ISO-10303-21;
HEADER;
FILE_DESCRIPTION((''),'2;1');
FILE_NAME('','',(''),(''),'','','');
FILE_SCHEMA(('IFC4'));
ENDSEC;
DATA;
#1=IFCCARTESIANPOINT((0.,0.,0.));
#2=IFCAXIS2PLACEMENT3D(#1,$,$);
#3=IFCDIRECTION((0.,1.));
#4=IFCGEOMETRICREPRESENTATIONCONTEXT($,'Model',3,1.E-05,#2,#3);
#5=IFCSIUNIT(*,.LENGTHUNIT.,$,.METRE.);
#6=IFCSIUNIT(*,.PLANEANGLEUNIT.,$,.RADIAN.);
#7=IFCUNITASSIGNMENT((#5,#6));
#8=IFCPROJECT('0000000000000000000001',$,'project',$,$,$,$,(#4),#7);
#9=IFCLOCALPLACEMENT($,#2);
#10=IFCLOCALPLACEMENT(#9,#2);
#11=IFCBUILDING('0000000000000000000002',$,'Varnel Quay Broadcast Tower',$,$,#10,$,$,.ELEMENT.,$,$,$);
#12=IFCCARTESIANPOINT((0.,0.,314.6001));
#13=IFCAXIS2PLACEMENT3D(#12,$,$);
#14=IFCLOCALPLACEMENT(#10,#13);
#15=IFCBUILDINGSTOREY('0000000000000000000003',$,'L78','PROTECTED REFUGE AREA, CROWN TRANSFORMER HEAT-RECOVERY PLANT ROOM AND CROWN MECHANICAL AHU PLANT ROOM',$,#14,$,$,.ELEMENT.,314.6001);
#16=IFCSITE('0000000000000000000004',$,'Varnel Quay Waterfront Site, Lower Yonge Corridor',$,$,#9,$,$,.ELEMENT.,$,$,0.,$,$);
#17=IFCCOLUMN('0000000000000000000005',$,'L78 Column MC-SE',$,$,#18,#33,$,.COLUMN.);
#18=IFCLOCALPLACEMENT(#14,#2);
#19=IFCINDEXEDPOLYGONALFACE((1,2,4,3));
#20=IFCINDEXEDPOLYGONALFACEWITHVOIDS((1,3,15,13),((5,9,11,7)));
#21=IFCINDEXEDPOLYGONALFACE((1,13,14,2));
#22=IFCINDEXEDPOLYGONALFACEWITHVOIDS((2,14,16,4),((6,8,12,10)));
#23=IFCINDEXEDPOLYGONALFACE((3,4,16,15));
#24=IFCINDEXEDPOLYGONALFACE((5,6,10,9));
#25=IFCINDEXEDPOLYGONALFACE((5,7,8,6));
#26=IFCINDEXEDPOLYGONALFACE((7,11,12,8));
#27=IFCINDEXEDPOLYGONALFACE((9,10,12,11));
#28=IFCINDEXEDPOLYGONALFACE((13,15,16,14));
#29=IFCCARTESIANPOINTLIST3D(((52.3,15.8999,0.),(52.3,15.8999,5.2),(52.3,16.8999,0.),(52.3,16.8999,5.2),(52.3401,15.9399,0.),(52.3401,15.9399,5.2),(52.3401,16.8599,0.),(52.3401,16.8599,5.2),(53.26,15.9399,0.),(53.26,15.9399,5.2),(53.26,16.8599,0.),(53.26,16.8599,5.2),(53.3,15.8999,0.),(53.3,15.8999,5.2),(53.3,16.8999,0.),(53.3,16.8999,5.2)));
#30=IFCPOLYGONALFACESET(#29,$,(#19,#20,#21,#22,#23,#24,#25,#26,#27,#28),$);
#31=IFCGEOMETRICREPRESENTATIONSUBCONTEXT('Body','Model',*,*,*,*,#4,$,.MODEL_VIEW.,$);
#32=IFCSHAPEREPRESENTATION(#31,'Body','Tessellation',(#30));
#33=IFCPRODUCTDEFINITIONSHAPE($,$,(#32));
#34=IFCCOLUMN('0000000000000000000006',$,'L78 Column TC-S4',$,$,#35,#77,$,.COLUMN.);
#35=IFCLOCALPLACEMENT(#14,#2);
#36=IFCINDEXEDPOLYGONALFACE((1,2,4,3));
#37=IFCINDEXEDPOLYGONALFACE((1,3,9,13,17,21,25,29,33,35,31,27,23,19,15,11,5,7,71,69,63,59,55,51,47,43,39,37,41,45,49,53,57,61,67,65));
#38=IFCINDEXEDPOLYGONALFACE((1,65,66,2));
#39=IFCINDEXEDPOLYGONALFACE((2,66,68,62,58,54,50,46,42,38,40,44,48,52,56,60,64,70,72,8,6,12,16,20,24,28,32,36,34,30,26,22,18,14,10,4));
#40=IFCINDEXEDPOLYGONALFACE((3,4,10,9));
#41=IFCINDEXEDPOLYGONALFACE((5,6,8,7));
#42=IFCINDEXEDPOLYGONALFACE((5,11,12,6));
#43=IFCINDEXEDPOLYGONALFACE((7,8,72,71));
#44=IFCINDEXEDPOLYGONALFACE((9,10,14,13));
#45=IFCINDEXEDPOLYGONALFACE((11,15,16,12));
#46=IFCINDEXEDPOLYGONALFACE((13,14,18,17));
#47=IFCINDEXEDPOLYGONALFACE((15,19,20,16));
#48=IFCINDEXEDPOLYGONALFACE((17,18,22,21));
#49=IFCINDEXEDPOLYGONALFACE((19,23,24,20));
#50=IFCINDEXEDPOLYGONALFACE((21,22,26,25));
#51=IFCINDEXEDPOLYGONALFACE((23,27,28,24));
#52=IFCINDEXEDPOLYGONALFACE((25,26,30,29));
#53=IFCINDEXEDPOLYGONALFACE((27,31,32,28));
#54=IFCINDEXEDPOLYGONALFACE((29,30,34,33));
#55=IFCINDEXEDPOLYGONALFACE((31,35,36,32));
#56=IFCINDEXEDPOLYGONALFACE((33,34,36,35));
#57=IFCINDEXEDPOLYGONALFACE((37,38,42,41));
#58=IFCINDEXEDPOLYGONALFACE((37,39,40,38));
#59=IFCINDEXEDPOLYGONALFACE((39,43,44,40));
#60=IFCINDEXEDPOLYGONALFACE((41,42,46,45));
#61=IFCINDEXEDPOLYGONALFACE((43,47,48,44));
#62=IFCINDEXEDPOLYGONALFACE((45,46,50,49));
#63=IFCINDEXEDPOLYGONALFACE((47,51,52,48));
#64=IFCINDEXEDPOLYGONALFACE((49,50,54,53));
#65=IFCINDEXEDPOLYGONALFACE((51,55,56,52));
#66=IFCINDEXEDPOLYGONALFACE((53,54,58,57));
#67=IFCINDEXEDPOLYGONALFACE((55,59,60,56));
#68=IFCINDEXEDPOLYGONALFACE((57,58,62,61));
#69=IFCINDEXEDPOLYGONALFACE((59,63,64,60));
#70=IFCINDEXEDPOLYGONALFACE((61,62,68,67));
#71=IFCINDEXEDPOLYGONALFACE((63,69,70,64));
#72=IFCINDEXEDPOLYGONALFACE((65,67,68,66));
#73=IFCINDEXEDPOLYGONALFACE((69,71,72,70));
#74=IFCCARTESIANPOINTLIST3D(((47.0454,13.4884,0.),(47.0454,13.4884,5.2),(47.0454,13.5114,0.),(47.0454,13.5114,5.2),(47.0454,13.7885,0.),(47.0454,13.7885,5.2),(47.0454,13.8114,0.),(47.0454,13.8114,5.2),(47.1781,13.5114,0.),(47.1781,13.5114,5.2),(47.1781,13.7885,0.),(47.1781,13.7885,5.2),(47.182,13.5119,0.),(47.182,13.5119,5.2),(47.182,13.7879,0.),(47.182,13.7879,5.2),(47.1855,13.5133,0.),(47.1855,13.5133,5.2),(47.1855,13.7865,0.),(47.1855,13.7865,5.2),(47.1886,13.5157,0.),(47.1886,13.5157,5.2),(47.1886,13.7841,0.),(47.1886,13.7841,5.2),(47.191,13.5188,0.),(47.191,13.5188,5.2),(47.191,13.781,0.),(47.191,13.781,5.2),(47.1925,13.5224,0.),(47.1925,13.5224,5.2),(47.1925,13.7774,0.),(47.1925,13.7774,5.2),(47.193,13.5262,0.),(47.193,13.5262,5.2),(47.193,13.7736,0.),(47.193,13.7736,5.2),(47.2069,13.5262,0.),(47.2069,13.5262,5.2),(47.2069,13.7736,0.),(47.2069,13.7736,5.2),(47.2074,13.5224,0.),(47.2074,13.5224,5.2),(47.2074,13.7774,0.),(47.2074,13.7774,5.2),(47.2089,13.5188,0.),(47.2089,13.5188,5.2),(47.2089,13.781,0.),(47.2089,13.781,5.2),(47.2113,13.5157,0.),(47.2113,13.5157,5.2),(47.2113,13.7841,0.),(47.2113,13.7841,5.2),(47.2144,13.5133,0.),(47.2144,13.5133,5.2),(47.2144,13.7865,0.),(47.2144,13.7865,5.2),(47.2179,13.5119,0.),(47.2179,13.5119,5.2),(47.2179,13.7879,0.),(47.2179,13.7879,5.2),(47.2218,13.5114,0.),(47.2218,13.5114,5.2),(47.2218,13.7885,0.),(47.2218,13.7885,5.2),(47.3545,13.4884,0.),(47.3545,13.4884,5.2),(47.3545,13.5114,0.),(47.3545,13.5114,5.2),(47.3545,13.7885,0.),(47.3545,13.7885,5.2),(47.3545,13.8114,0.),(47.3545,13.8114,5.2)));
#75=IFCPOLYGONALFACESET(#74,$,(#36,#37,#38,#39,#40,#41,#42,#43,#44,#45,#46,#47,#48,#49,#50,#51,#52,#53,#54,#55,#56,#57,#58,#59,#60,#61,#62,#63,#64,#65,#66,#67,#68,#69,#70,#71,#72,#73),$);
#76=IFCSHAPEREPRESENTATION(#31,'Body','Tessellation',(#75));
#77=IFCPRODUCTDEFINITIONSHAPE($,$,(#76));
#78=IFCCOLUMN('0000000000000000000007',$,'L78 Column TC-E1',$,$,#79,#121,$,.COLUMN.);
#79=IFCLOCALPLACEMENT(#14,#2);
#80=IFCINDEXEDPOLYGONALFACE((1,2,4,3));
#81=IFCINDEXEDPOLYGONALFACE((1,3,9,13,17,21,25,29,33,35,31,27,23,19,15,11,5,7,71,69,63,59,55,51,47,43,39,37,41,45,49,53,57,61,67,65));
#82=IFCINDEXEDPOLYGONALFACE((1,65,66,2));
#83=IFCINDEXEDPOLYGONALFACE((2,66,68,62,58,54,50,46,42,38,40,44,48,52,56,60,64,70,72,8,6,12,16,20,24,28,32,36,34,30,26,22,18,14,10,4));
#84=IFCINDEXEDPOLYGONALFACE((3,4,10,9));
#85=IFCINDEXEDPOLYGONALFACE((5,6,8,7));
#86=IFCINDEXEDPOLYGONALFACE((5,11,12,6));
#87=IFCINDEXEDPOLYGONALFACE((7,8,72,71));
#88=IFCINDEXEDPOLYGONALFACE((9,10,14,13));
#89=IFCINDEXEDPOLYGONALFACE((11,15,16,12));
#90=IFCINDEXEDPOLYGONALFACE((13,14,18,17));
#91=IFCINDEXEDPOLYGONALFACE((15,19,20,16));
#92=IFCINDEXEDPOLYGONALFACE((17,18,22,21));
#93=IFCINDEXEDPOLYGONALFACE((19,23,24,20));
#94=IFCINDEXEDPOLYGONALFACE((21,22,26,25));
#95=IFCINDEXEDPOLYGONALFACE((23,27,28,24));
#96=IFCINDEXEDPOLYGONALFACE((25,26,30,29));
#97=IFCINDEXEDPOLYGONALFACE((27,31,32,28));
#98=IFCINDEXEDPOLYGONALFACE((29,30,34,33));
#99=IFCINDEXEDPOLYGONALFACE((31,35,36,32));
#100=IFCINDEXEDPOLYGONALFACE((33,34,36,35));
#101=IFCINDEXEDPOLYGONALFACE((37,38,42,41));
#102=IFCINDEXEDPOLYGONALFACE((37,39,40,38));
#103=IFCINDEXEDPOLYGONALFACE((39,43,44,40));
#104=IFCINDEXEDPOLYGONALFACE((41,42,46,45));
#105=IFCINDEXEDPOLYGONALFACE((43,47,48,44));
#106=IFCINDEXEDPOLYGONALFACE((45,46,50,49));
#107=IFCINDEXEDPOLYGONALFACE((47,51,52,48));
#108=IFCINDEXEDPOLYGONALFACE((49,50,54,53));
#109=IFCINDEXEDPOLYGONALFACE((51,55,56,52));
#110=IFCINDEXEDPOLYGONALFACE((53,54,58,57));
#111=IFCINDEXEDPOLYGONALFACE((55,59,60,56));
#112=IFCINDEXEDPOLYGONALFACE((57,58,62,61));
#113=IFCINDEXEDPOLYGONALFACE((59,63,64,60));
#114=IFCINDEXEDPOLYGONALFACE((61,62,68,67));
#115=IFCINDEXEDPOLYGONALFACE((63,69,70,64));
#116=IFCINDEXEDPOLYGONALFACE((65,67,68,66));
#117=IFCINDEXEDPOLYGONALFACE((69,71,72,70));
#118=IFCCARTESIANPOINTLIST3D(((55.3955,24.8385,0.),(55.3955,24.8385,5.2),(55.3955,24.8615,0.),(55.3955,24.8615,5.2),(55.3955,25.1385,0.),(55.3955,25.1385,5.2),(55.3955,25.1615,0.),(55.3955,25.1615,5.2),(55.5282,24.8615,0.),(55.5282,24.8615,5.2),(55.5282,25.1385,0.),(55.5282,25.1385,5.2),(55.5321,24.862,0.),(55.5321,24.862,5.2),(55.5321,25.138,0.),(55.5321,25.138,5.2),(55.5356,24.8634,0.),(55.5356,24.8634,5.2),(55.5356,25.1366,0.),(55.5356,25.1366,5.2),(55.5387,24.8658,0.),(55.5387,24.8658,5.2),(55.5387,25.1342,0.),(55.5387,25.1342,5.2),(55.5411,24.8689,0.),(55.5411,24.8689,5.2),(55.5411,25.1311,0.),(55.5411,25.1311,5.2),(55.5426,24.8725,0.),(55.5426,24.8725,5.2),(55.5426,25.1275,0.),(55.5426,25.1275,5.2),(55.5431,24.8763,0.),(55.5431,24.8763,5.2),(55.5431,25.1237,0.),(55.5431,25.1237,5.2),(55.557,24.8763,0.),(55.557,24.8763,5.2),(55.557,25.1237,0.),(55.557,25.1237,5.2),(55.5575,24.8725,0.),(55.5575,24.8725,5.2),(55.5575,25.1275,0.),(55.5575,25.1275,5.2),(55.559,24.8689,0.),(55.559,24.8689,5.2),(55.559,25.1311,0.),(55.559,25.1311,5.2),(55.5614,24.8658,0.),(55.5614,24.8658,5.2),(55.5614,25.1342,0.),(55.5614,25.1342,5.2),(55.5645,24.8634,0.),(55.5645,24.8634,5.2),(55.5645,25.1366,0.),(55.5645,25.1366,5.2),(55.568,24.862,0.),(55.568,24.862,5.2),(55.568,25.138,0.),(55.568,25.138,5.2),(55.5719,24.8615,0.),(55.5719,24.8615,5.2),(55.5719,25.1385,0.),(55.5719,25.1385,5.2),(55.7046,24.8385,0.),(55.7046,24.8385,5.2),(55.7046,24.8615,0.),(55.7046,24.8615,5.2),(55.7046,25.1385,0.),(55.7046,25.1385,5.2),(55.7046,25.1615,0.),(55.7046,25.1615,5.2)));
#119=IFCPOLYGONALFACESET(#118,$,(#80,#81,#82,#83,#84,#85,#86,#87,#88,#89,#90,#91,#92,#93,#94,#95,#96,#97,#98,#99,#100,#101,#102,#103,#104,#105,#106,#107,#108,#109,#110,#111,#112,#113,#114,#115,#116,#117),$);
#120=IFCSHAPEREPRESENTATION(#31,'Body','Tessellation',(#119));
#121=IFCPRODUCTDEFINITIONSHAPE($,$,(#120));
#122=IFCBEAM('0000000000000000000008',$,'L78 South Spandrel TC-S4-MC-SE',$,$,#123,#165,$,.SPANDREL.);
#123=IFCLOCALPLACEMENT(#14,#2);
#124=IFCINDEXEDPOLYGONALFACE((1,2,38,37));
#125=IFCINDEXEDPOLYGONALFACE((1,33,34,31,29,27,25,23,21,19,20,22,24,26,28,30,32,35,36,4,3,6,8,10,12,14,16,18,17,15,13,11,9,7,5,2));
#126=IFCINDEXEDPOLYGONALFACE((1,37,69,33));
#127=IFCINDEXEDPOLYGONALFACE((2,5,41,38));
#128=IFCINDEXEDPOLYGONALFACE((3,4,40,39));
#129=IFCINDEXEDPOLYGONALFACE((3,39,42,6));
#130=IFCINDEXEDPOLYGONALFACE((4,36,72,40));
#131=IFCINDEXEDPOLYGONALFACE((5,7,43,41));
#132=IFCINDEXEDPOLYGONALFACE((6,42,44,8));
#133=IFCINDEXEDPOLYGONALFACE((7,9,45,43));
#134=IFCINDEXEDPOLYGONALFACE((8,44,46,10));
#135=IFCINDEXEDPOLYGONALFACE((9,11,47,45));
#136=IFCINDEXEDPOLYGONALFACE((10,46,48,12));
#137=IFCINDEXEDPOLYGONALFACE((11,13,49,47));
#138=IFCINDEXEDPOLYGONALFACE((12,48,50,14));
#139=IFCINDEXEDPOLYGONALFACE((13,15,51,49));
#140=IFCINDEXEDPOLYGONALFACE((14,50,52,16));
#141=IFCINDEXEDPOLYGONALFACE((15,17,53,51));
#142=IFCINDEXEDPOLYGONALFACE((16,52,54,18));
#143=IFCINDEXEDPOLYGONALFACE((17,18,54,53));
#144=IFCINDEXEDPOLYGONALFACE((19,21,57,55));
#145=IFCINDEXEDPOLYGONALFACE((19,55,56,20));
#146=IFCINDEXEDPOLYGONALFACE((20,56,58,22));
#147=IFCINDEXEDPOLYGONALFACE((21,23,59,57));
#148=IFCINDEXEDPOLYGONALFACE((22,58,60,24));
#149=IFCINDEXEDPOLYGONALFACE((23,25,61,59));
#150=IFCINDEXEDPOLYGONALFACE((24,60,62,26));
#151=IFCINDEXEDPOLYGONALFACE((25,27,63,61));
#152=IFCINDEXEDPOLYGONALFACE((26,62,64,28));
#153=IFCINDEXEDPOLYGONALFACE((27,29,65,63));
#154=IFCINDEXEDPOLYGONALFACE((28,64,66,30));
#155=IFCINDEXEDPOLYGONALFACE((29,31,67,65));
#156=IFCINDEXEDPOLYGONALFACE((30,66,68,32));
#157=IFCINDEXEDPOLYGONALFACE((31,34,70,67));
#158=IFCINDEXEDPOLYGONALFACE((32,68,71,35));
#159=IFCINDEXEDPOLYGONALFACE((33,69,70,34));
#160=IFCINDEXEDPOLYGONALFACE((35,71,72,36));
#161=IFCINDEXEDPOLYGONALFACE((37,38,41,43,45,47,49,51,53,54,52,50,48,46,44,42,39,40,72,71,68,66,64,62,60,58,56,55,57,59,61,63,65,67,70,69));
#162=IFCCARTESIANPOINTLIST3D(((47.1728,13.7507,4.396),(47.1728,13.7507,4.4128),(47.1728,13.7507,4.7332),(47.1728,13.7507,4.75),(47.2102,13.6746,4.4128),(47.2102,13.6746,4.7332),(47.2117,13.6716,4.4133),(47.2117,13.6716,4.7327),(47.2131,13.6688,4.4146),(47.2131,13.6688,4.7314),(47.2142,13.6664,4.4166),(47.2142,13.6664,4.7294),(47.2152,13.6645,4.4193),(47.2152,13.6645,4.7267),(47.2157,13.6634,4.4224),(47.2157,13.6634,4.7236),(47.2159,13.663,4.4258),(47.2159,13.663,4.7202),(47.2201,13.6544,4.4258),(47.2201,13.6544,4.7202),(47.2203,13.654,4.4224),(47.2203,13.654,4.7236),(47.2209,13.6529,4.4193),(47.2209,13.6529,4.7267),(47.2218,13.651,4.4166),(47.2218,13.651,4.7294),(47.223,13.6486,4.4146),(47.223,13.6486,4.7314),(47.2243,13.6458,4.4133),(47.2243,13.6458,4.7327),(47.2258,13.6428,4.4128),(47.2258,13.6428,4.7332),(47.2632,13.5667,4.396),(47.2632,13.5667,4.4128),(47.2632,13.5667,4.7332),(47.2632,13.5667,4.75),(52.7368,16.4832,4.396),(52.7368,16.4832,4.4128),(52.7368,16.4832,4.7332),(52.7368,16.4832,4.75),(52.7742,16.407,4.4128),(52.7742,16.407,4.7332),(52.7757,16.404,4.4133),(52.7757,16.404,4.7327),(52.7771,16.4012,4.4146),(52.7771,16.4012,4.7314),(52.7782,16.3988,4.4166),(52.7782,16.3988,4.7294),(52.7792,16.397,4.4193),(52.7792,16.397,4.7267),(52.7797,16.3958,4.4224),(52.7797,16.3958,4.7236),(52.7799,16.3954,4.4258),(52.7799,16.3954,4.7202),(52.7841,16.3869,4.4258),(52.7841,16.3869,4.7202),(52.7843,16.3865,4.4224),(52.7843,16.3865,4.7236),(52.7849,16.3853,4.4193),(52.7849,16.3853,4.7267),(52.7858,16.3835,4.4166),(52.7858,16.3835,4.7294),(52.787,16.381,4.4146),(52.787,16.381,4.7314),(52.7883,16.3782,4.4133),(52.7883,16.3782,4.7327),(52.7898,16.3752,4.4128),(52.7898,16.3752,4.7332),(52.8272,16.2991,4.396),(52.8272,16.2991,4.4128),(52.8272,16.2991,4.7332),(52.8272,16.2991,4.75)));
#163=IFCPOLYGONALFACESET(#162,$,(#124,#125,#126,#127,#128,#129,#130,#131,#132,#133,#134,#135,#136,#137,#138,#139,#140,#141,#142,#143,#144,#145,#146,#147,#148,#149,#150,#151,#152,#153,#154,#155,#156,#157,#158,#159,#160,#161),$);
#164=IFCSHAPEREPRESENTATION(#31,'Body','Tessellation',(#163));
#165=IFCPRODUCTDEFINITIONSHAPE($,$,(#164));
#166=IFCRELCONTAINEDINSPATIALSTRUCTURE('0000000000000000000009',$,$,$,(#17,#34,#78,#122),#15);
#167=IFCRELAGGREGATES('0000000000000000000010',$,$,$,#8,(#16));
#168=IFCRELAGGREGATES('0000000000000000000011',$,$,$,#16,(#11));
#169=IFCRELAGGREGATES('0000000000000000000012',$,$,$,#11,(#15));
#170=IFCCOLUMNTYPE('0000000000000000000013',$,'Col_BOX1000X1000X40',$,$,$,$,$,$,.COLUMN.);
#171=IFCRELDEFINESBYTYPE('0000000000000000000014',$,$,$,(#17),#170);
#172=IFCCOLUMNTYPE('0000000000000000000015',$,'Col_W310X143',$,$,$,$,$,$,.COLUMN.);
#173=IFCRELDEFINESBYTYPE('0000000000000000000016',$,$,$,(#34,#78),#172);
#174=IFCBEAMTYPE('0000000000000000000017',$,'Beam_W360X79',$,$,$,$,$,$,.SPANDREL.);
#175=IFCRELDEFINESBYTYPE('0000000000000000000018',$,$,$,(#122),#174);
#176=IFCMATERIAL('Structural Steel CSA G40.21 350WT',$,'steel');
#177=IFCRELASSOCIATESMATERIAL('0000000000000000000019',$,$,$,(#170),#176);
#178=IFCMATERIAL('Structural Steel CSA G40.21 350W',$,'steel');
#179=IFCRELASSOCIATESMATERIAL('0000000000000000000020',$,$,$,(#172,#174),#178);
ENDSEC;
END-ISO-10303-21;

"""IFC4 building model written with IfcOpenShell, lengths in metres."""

from ifc_helpers import new_model, si_unit, direction, frame, origin, origin_2d, place, context, subcontext, project, spatial, hollow_rectangle, i_section, extrude, source, transform, mapped, material, material_profile, profile_set, type_object, type_shapes, element, save


model = new_model("IFC4")

# Units and contexts
model_context = context("Model", 3, precision=1e-05, world=origin(), true_north=direction((0.0, 1.0)))
body_context = subcontext(model_context, "Body", "Model", "MODEL_VIEW")
ifc_project = project(units=[si_unit("LENGTHUNIT", "METRE"), si_unit("PLANEANGLEUNIT", "RADIAN")], contexts=[model_context])

# Site, building, storey
site_placement = place(None, origin())
site = spatial("IfcSite", under=ifc_project, at=site_placement, Name="Varnel Quay Waterfront Site, Lower Yonge Corridor", CompositionType="ELEMENT", RefElevation=0.0)
building_placement = place(site_placement, origin())
building = spatial("IfcBuilding", under=site, at=building_placement, Name="Varnel Quay Broadcast Tower", CompositionType="ELEMENT")
storey_placement = place(building_placement, frame((0.0, 0.0, 314.6001)))
storey = spatial("IfcBuildingStorey", under=building, at=storey_placement, Name="L78", Description="PROTECTED REFUGE AREA, CROWN TRANSFORMER HEAT-RECOVERY PLANT ROOM AND CROWN MECHANICAL AHU PLANT ROOM", CompositionType="ELEMENT", Elevation=314.6001)

# Columns
ifc_material_1 = material(Name="Structural Steel CSA G40.21 350WT", Category="steel")
ifc_material_profile_1 = material_profile(ifc_material_1, hollow_rectangle(XDim=1.0, YDim=1.0, WallThickness=0.04, at=origin_2d()), Name="BOX1000X1000X40")
ifc_profile_set_1 = profile_set([ifc_material_profile_1], Name="Structural Steel CSA G40.21 350WT")
column_type_1 = type_object("IfcColumnType", Name="Col_BOX1000X1000X40", PredefinedType="COLUMN", material=ifc_profile_set_1)
shared_shape_1 = source(origin(), body_context, "Body", "SweptSolid", [
    extrude(hollow_rectangle(XDim=1.0, YDim=1.0, WallThickness=0.04, at=origin_2d()), origin(), (0.0, 0.0, 1.0), 5.2),
])
type_shapes(column_type_1, [shared_shape_1])
column_placement = place(storey_placement, frame((52.8, 16.3999, 0.0), z_axis=(0.0, 0.0, 1.0), x_axis=(1.0, 0.0, 0.0)))
element("IfcColumn", 1, at=column_placement, inside=storey, type_object=column_type_1, Name="L78 Column MC-SE", PredefinedType="COLUMN", context=body_context, shape_type="MappedRepresentation", body=[
    mapped(shared_shape_1, transform((0.0, 0.0, 0.0), x_axis=(1.0, 0.0, 0.0), y_axis=(0.0, 1.0, 0.0), z_axis=(0.0, 0.0, 1.0), scale=1.0)),
])
ifc_material_2 = material(Name="Structural Steel CSA G40.21 350W", Category="steel")
ifc_material_profile_2 = material_profile(ifc_material_2, i_section(OverallWidth=0.3091, OverallDepth=0.323, WebThickness=0.0139, FlangeThickness=0.0229, FilletRadius=0.0149, at=origin_2d()), Name="W310X143")
ifc_profile_set_2 = profile_set([ifc_material_profile_2], Name="Structural Steel CSA G40.21 350W")
column_type_2 = type_object("IfcColumnType", Name="Col_W310X143", PredefinedType="COLUMN", material=ifc_profile_set_2)
shared_shape_2 = source(origin(), body_context, "Body", "SweptSolid", [
    extrude(i_section(OverallWidth=0.3091, OverallDepth=0.323, WebThickness=0.0139, FlangeThickness=0.0229, FilletRadius=0.0149, at=origin_2d()), origin(), (0.0, 0.0, 1.0), 5.2),
])
type_shapes(column_type_2, [shared_shape_2])
for number, where, z_axis, x_axis, name in (
    (2, (47.2, 13.6499, 0.0), (0.0, 0.0, 1.0), (1.0, 0.0, 0.0), "L78 Column TC-S4"),
    (3, (55.55, 25.0, 0.0), (0.0, 0.0, 1.0), (1.0, 0.0, 0.0), "L78 Column TC-E1"),
):
    element("IfcColumn", number, at=place(storey_placement, frame(where, z_axis=z_axis, x_axis=x_axis)), inside=storey, type_object=column_type_2, Name=name, PredefinedType="COLUMN", context=body_context, shape_type="MappedRepresentation", body=[
        mapped(shared_shape_2, transform((0.0, 0.0, 0.0), x_axis=(1.0, 0.0, 0.0), y_axis=(0.0, 1.0, 0.0), z_axis=(0.0, 0.0, 1.0), scale=1.0)),
    ])

# Beam
ifc_material_profile_3 = material_profile(ifc_material_2, i_section(OverallWidth=0.2051, OverallDepth=0.354, WebThickness=0.0095, FlangeThickness=0.0168, FilletRadius=0.0129, at=origin_2d()), Name="W360X79")
ifc_profile_set_3 = profile_set([ifc_material_profile_3], Name="Structural Steel CSA G40.21 350W")
beam_type_1 = type_object("IfcBeamType", Name="Beam_W360X79", PredefinedType="SPANDREL", material=ifc_profile_set_3)
shared_shape_3 = source(origin(), body_context, "Body", "SweptSolid", [
    extrude(i_section(OverallWidth=0.2051, OverallDepth=0.354, WebThickness=0.0095, FlangeThickness=0.0168, FilletRadius=0.0129, at=origin_2d()), origin(), (0.0, 0.0, 1.0), 6.1987),
])
beam_1_placement = place(storey_placement, frame((47.218, 13.6587, 4.573), z_axis=(0.897602, 0.440806, 0.0), x_axis=(-0.440806, 0.897602, 0.0)))
element("IfcBeam", 4, at=beam_1_placement, inside=storey, type_object=beam_type_1, Name="L78 South Spandrel TC-S4-MC-SE", PredefinedType="SPANDREL", context=body_context, shape_type="MappedRepresentation", body=[
    mapped(shared_shape_3, transform((0.0, 0.0, 0.0), x_axis=(1.0, 0.0, 0.0), y_axis=(0.0, 1.0, 0.0), z_axis=(0.0, 0.0, 1.0), scale=1.0)),
])

save(model, "model.ifc")
